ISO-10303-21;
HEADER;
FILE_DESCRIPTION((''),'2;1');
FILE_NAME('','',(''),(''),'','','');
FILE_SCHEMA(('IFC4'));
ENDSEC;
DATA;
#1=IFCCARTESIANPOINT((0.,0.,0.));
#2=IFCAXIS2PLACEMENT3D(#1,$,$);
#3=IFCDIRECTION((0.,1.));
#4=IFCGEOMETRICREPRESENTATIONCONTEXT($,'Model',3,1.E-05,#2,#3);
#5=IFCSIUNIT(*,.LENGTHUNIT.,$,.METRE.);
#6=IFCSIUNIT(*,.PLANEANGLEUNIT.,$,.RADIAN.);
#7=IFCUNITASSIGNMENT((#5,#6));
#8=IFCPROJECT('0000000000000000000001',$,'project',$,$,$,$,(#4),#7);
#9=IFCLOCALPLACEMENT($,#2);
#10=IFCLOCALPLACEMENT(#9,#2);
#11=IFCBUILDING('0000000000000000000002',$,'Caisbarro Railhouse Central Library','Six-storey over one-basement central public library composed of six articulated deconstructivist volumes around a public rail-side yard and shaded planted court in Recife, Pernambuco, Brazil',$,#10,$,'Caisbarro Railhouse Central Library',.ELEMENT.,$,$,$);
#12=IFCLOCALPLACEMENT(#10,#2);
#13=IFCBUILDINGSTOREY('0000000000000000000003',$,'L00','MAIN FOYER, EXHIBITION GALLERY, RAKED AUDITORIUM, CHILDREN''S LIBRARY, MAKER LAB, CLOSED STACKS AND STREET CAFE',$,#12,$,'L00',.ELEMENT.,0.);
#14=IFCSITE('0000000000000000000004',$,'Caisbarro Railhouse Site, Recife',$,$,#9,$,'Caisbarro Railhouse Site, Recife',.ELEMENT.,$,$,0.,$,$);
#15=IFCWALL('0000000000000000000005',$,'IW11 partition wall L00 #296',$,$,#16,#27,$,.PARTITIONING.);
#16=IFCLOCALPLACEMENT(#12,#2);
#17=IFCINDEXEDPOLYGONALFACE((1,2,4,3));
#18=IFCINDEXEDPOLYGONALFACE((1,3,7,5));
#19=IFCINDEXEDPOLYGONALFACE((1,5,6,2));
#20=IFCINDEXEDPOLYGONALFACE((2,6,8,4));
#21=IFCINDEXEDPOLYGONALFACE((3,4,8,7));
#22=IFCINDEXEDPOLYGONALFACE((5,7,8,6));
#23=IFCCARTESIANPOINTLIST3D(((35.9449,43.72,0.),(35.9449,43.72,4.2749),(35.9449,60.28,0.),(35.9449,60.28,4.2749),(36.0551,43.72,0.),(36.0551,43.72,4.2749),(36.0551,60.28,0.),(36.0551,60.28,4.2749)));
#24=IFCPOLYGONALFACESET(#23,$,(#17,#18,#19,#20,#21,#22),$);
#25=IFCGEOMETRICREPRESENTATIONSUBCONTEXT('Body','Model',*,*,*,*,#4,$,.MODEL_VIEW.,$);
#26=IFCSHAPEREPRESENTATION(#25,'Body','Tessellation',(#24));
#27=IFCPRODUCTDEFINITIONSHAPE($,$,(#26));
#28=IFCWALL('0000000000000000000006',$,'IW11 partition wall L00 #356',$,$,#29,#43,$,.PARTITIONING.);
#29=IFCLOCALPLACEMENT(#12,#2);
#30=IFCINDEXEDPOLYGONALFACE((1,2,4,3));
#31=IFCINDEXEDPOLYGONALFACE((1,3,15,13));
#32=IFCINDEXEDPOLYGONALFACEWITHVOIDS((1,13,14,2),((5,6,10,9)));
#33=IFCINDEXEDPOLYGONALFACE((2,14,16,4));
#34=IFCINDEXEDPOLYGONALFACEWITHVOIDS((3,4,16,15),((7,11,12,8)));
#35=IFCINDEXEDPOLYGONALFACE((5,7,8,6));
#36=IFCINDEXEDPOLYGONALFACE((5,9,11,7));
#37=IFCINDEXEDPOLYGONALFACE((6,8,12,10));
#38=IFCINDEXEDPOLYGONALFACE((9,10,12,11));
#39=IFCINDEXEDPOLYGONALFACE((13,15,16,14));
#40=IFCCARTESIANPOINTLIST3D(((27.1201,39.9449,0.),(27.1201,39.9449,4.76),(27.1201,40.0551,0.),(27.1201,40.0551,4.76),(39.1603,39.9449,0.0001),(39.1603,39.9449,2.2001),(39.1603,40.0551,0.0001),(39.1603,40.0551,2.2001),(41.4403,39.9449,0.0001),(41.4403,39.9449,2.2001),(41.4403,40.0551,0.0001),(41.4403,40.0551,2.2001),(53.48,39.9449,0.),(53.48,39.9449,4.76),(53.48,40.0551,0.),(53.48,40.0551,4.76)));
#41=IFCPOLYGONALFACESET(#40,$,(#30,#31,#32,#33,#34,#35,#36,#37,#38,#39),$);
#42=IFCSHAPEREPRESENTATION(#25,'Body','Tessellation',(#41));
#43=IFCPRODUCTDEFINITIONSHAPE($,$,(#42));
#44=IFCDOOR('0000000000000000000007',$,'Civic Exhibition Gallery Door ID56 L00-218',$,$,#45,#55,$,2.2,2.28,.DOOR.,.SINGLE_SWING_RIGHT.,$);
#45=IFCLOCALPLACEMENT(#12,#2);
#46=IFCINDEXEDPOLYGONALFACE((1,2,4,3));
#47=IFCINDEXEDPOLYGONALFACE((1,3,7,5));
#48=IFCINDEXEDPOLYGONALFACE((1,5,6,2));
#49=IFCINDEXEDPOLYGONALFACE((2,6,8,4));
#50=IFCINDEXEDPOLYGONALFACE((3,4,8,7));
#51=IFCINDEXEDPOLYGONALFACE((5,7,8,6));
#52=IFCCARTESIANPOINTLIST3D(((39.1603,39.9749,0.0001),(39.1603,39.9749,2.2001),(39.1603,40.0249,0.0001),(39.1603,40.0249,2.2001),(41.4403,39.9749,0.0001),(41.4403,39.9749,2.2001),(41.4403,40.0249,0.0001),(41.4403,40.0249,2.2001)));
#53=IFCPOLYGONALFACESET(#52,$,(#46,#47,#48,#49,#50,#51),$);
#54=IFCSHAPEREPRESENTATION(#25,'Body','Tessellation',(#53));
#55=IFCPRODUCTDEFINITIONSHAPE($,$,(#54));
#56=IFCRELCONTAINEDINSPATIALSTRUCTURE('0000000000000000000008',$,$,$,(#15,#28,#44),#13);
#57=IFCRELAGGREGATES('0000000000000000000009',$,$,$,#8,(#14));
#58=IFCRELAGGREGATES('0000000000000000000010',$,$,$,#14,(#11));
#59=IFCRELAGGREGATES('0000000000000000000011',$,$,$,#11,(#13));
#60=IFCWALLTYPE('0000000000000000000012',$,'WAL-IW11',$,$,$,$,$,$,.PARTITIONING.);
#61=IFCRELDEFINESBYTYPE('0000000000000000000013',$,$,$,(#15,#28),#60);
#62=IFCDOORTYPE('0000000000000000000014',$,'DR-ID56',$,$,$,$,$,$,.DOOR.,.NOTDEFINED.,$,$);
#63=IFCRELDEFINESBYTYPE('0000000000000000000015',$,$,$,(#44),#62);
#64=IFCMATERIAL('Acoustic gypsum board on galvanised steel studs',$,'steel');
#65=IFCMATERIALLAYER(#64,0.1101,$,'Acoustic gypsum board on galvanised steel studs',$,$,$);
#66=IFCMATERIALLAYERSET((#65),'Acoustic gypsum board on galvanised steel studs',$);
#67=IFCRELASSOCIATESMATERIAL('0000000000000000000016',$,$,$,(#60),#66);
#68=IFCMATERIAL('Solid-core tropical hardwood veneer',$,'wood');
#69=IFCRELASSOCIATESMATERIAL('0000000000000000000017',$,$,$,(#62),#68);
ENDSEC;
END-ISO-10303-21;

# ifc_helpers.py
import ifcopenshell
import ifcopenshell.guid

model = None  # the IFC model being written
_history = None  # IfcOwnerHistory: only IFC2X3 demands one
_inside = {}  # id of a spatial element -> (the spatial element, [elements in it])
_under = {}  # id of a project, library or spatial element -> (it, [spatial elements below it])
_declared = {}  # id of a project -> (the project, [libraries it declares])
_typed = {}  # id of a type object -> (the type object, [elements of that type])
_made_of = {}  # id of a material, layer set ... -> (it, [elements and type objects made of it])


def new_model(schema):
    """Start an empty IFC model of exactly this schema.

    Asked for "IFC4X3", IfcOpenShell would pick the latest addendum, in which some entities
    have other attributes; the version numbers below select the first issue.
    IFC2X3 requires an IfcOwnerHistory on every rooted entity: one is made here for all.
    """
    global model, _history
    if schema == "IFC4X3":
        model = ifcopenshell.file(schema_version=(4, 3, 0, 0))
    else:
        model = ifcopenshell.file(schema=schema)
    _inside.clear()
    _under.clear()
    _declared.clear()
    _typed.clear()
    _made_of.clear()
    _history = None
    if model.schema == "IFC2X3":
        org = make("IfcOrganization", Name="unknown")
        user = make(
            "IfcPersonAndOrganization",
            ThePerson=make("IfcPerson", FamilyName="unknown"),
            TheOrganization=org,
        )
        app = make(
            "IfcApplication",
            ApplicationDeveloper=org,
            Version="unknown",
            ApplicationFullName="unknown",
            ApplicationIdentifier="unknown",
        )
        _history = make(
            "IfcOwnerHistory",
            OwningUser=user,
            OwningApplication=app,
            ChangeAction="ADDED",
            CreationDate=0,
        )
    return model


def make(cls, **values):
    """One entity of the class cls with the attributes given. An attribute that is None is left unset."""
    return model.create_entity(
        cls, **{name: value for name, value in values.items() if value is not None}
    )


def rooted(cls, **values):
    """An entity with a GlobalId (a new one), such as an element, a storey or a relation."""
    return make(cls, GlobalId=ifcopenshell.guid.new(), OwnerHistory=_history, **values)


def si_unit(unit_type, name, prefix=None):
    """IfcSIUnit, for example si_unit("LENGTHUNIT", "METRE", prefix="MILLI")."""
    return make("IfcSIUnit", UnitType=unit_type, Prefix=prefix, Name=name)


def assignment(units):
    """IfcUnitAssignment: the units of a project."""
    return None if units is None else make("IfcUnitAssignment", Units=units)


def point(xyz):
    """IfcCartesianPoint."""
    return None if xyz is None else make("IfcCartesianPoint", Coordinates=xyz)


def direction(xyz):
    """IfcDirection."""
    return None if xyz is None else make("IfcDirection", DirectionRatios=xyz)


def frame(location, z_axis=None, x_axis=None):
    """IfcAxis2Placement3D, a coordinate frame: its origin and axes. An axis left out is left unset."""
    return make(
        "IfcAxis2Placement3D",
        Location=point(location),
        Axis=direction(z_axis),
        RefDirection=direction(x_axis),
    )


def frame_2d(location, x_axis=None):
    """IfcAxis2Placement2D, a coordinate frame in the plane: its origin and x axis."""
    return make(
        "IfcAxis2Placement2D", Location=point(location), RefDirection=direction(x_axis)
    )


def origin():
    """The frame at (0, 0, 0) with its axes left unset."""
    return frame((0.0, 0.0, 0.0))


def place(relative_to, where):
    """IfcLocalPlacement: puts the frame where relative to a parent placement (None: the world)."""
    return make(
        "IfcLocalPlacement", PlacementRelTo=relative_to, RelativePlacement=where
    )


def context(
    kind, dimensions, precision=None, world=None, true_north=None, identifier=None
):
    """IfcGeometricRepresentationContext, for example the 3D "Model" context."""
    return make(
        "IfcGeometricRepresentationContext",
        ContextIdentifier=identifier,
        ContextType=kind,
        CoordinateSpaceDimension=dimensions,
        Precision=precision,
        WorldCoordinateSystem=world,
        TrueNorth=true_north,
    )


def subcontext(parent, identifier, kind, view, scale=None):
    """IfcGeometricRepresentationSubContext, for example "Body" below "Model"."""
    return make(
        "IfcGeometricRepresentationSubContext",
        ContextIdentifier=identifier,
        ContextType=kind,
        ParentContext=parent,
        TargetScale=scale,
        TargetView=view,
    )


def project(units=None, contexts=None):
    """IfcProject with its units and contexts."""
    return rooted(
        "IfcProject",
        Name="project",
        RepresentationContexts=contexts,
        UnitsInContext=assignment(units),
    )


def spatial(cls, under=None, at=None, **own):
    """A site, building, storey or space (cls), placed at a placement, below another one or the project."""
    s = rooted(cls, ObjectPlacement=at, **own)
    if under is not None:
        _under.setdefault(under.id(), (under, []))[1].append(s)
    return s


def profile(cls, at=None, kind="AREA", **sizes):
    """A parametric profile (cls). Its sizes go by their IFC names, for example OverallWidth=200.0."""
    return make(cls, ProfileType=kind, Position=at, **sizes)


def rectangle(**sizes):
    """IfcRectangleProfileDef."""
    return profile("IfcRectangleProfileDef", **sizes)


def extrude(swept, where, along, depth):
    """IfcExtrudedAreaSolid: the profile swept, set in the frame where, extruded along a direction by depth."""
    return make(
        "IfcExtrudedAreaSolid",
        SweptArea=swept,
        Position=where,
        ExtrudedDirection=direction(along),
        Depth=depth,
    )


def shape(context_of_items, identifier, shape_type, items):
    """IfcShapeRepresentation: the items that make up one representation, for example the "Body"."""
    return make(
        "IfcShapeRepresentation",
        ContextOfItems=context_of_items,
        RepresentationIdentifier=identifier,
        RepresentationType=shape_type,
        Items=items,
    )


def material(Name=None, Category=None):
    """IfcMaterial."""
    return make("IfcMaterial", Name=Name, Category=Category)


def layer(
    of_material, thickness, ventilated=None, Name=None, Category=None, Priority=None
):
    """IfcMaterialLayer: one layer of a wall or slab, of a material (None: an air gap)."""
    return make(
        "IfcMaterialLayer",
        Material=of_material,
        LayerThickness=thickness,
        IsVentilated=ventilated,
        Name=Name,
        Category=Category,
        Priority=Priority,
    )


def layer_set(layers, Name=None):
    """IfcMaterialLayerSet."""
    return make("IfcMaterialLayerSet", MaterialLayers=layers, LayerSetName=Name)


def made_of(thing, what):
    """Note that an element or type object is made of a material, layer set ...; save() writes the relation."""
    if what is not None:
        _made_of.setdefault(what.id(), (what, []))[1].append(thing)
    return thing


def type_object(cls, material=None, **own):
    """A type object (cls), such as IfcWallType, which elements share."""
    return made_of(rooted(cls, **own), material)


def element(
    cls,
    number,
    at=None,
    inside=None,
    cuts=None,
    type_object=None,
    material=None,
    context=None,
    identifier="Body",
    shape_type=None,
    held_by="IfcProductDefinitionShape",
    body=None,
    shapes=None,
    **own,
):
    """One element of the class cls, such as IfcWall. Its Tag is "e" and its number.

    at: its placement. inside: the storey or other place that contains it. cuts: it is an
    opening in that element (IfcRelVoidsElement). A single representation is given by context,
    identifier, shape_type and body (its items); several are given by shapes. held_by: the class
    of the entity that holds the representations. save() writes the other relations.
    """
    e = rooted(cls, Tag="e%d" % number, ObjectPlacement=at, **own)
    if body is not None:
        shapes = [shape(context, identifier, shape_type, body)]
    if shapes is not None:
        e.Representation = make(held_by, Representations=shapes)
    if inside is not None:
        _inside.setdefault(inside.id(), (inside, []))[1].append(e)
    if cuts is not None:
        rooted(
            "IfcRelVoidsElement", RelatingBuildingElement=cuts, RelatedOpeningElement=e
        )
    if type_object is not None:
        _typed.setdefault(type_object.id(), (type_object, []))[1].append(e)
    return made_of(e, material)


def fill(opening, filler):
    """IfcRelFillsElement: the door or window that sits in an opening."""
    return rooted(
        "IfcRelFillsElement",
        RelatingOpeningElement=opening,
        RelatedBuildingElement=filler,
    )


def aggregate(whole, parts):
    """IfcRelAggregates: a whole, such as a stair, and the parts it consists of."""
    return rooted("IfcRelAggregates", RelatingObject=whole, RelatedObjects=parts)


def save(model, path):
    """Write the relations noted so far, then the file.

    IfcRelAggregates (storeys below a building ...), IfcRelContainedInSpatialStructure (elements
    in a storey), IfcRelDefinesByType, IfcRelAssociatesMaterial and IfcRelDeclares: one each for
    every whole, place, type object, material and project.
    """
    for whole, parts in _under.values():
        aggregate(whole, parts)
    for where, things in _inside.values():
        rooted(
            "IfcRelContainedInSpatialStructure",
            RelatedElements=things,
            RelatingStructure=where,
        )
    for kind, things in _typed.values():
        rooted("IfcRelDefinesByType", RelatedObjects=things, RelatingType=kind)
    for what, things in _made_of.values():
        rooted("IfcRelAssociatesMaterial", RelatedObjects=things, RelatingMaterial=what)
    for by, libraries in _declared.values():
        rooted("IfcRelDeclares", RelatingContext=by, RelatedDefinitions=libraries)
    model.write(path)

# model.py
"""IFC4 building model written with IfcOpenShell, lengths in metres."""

from ifc_helpers import new_model, si_unit, direction, frame, frame_2d, origin, place, context, subcontext, project, spatial, rectangle, extrude, material, layer, layer_set, type_object, element, fill, save


model = new_model("IFC4")

# Units and contexts
model_context = context("Model", 3, precision=1e-05, world=origin(), true_north=direction((0.0, 1.0)))
body_context = subcontext(model_context, "Body", "Model", "MODEL_VIEW")
ifc_project = project(units=[si_unit("LENGTHUNIT", "METRE"), si_unit("PLANEANGLEUNIT", "RADIAN")], contexts=[model_context])

# Site, building, storey
site_placement = place(None, origin())
site = spatial("IfcSite", under=ifc_project, at=site_placement, Name="Caisbarro Railhouse Site, Recife", LongName="Caisbarro Railhouse Site, Recife", CompositionType="ELEMENT", RefElevation=0.0)
building_placement = place(site_placement, origin())
building = spatial("IfcBuilding", under=site, at=building_placement, Name="Caisbarro Railhouse Central Library", Description="Six-storey over one-basement central public library composed of six articulated deconstructivist volumes around a public rail-side yard and shaded planted court in Recife, Pernambuco, Brazil", LongName="Caisbarro Railhouse Central Library", CompositionType="ELEMENT")
storey_placement = place(building_placement, origin())
storey = spatial("IfcBuildingStorey", under=building, at=storey_placement, Name="L00", Description="MAIN FOYER, EXHIBITION GALLERY, RAKED AUDITORIUM, CHILDREN'S LIBRARY, MAKER LAB, CLOSED STACKS AND STREET CAFE", LongName="L00", CompositionType="ELEMENT", Elevation=0.0)

# Wall
ifc_material_1 = material(Name="Acoustic gypsum board on galvanised steel studs", Category="steel")
ifc_layer_1 = layer(ifc_material_1, 0.1101, Name="Acoustic gypsum board on galvanised steel studs")
ifc_layer_set_1 = layer_set([ifc_layer_1], Name="Acoustic gypsum board on galvanised steel studs")
wall_type_1 = type_object("IfcWallType", Name="WAL-IW11", PredefinedType="PARTITIONING", material=ifc_layer_set_1)
wall_1_placement = place(storey_placement, frame((36.0, 43.72, 0.0), z_axis=(0.0, 0.0, 1.0), x_axis=(0.0, 1.0, 0.0)))
element("IfcWall", 1, at=wall_1_placement, inside=storey, type_object=wall_type_1, Name="IW11 partition wall L00 #296", PredefinedType="PARTITIONING", context=body_context, shape_type="SweptSolid", body=[
    extrude(rectangle(XDim=16.5601, YDim=0.1101, at=frame_2d((8.28, 0.0))), origin(), (0.0, 0.0, 1.0), 4.2749),
])

# Wall, opening, door
wall_2_placement = place(storey_placement, frame((27.1201, 40.0, 0.0), z_axis=(0.0, 0.0, 1.0), x_axis=(1.0, 0.0, 0.0)))
wall_2 = element("IfcWall", 2, at=wall_2_placement, inside=storey, type_object=wall_type_1, Name="IW11 partition wall L00 #356", PredefinedType="PARTITIONING", context=body_context, shape_type="SweptSolid", body=[
    extrude(rectangle(XDim=26.3599, YDim=0.1101, at=frame_2d((13.1799, 0.0))), origin(), (0.0, 0.0, 1.0), 4.76),
])
opening_placement = place(wall_2_placement, frame((12.04, 0.0, 0.0)))
opening = element("IfcOpeningElement", 3, at=opening_placement, cuts=wall_2, PredefinedType="OPENING", context=body_context, shape_type="SweptSolid", body=[
    extrude(rectangle(XDim=2.28, YDim=2.2, at=frame_2d((1.1401, 1.1001))), frame((0.0, 0.0649, 0.0), z_axis=(0.0, -1.0, 0.0), x_axis=(1.0, 0.0, 0.0)), (0.0, 0.0, 1.0), 0.1301),
])
ifc_material_2 = material(Name="Solid-core tropical hardwood veneer", Category="wood")
door_type = type_object("IfcDoorType", Name="DR-ID56", OperationType="NOTDEFINED", PredefinedType="DOOR", material=ifc_material_2)
door_placement = place(opening_placement, origin())
door = element("IfcDoor", 4, at=door_placement, inside=storey, type_object=door_type, Name="Civic Exhibition Gallery Door ID56 L00-218", OperationType="SINGLE_SWING_RIGHT", OverallHeight=2.2, OverallWidth=2.28, PredefinedType="DOOR", context=body_context, shape_type="SweptSolid", body=[
    extrude(rectangle(XDim=2.28, YDim=2.2, at=frame_2d((1.1401, 1.1001))), frame((0.0, 0.0249, 0.0), z_axis=(0.0, -1.0, 0.0), x_axis=(1.0, 0.0, 0.0)), (0.0, 0.0, 1.0), 0.05),
])
fill(opening, door)

save(model, "model.ifc")
